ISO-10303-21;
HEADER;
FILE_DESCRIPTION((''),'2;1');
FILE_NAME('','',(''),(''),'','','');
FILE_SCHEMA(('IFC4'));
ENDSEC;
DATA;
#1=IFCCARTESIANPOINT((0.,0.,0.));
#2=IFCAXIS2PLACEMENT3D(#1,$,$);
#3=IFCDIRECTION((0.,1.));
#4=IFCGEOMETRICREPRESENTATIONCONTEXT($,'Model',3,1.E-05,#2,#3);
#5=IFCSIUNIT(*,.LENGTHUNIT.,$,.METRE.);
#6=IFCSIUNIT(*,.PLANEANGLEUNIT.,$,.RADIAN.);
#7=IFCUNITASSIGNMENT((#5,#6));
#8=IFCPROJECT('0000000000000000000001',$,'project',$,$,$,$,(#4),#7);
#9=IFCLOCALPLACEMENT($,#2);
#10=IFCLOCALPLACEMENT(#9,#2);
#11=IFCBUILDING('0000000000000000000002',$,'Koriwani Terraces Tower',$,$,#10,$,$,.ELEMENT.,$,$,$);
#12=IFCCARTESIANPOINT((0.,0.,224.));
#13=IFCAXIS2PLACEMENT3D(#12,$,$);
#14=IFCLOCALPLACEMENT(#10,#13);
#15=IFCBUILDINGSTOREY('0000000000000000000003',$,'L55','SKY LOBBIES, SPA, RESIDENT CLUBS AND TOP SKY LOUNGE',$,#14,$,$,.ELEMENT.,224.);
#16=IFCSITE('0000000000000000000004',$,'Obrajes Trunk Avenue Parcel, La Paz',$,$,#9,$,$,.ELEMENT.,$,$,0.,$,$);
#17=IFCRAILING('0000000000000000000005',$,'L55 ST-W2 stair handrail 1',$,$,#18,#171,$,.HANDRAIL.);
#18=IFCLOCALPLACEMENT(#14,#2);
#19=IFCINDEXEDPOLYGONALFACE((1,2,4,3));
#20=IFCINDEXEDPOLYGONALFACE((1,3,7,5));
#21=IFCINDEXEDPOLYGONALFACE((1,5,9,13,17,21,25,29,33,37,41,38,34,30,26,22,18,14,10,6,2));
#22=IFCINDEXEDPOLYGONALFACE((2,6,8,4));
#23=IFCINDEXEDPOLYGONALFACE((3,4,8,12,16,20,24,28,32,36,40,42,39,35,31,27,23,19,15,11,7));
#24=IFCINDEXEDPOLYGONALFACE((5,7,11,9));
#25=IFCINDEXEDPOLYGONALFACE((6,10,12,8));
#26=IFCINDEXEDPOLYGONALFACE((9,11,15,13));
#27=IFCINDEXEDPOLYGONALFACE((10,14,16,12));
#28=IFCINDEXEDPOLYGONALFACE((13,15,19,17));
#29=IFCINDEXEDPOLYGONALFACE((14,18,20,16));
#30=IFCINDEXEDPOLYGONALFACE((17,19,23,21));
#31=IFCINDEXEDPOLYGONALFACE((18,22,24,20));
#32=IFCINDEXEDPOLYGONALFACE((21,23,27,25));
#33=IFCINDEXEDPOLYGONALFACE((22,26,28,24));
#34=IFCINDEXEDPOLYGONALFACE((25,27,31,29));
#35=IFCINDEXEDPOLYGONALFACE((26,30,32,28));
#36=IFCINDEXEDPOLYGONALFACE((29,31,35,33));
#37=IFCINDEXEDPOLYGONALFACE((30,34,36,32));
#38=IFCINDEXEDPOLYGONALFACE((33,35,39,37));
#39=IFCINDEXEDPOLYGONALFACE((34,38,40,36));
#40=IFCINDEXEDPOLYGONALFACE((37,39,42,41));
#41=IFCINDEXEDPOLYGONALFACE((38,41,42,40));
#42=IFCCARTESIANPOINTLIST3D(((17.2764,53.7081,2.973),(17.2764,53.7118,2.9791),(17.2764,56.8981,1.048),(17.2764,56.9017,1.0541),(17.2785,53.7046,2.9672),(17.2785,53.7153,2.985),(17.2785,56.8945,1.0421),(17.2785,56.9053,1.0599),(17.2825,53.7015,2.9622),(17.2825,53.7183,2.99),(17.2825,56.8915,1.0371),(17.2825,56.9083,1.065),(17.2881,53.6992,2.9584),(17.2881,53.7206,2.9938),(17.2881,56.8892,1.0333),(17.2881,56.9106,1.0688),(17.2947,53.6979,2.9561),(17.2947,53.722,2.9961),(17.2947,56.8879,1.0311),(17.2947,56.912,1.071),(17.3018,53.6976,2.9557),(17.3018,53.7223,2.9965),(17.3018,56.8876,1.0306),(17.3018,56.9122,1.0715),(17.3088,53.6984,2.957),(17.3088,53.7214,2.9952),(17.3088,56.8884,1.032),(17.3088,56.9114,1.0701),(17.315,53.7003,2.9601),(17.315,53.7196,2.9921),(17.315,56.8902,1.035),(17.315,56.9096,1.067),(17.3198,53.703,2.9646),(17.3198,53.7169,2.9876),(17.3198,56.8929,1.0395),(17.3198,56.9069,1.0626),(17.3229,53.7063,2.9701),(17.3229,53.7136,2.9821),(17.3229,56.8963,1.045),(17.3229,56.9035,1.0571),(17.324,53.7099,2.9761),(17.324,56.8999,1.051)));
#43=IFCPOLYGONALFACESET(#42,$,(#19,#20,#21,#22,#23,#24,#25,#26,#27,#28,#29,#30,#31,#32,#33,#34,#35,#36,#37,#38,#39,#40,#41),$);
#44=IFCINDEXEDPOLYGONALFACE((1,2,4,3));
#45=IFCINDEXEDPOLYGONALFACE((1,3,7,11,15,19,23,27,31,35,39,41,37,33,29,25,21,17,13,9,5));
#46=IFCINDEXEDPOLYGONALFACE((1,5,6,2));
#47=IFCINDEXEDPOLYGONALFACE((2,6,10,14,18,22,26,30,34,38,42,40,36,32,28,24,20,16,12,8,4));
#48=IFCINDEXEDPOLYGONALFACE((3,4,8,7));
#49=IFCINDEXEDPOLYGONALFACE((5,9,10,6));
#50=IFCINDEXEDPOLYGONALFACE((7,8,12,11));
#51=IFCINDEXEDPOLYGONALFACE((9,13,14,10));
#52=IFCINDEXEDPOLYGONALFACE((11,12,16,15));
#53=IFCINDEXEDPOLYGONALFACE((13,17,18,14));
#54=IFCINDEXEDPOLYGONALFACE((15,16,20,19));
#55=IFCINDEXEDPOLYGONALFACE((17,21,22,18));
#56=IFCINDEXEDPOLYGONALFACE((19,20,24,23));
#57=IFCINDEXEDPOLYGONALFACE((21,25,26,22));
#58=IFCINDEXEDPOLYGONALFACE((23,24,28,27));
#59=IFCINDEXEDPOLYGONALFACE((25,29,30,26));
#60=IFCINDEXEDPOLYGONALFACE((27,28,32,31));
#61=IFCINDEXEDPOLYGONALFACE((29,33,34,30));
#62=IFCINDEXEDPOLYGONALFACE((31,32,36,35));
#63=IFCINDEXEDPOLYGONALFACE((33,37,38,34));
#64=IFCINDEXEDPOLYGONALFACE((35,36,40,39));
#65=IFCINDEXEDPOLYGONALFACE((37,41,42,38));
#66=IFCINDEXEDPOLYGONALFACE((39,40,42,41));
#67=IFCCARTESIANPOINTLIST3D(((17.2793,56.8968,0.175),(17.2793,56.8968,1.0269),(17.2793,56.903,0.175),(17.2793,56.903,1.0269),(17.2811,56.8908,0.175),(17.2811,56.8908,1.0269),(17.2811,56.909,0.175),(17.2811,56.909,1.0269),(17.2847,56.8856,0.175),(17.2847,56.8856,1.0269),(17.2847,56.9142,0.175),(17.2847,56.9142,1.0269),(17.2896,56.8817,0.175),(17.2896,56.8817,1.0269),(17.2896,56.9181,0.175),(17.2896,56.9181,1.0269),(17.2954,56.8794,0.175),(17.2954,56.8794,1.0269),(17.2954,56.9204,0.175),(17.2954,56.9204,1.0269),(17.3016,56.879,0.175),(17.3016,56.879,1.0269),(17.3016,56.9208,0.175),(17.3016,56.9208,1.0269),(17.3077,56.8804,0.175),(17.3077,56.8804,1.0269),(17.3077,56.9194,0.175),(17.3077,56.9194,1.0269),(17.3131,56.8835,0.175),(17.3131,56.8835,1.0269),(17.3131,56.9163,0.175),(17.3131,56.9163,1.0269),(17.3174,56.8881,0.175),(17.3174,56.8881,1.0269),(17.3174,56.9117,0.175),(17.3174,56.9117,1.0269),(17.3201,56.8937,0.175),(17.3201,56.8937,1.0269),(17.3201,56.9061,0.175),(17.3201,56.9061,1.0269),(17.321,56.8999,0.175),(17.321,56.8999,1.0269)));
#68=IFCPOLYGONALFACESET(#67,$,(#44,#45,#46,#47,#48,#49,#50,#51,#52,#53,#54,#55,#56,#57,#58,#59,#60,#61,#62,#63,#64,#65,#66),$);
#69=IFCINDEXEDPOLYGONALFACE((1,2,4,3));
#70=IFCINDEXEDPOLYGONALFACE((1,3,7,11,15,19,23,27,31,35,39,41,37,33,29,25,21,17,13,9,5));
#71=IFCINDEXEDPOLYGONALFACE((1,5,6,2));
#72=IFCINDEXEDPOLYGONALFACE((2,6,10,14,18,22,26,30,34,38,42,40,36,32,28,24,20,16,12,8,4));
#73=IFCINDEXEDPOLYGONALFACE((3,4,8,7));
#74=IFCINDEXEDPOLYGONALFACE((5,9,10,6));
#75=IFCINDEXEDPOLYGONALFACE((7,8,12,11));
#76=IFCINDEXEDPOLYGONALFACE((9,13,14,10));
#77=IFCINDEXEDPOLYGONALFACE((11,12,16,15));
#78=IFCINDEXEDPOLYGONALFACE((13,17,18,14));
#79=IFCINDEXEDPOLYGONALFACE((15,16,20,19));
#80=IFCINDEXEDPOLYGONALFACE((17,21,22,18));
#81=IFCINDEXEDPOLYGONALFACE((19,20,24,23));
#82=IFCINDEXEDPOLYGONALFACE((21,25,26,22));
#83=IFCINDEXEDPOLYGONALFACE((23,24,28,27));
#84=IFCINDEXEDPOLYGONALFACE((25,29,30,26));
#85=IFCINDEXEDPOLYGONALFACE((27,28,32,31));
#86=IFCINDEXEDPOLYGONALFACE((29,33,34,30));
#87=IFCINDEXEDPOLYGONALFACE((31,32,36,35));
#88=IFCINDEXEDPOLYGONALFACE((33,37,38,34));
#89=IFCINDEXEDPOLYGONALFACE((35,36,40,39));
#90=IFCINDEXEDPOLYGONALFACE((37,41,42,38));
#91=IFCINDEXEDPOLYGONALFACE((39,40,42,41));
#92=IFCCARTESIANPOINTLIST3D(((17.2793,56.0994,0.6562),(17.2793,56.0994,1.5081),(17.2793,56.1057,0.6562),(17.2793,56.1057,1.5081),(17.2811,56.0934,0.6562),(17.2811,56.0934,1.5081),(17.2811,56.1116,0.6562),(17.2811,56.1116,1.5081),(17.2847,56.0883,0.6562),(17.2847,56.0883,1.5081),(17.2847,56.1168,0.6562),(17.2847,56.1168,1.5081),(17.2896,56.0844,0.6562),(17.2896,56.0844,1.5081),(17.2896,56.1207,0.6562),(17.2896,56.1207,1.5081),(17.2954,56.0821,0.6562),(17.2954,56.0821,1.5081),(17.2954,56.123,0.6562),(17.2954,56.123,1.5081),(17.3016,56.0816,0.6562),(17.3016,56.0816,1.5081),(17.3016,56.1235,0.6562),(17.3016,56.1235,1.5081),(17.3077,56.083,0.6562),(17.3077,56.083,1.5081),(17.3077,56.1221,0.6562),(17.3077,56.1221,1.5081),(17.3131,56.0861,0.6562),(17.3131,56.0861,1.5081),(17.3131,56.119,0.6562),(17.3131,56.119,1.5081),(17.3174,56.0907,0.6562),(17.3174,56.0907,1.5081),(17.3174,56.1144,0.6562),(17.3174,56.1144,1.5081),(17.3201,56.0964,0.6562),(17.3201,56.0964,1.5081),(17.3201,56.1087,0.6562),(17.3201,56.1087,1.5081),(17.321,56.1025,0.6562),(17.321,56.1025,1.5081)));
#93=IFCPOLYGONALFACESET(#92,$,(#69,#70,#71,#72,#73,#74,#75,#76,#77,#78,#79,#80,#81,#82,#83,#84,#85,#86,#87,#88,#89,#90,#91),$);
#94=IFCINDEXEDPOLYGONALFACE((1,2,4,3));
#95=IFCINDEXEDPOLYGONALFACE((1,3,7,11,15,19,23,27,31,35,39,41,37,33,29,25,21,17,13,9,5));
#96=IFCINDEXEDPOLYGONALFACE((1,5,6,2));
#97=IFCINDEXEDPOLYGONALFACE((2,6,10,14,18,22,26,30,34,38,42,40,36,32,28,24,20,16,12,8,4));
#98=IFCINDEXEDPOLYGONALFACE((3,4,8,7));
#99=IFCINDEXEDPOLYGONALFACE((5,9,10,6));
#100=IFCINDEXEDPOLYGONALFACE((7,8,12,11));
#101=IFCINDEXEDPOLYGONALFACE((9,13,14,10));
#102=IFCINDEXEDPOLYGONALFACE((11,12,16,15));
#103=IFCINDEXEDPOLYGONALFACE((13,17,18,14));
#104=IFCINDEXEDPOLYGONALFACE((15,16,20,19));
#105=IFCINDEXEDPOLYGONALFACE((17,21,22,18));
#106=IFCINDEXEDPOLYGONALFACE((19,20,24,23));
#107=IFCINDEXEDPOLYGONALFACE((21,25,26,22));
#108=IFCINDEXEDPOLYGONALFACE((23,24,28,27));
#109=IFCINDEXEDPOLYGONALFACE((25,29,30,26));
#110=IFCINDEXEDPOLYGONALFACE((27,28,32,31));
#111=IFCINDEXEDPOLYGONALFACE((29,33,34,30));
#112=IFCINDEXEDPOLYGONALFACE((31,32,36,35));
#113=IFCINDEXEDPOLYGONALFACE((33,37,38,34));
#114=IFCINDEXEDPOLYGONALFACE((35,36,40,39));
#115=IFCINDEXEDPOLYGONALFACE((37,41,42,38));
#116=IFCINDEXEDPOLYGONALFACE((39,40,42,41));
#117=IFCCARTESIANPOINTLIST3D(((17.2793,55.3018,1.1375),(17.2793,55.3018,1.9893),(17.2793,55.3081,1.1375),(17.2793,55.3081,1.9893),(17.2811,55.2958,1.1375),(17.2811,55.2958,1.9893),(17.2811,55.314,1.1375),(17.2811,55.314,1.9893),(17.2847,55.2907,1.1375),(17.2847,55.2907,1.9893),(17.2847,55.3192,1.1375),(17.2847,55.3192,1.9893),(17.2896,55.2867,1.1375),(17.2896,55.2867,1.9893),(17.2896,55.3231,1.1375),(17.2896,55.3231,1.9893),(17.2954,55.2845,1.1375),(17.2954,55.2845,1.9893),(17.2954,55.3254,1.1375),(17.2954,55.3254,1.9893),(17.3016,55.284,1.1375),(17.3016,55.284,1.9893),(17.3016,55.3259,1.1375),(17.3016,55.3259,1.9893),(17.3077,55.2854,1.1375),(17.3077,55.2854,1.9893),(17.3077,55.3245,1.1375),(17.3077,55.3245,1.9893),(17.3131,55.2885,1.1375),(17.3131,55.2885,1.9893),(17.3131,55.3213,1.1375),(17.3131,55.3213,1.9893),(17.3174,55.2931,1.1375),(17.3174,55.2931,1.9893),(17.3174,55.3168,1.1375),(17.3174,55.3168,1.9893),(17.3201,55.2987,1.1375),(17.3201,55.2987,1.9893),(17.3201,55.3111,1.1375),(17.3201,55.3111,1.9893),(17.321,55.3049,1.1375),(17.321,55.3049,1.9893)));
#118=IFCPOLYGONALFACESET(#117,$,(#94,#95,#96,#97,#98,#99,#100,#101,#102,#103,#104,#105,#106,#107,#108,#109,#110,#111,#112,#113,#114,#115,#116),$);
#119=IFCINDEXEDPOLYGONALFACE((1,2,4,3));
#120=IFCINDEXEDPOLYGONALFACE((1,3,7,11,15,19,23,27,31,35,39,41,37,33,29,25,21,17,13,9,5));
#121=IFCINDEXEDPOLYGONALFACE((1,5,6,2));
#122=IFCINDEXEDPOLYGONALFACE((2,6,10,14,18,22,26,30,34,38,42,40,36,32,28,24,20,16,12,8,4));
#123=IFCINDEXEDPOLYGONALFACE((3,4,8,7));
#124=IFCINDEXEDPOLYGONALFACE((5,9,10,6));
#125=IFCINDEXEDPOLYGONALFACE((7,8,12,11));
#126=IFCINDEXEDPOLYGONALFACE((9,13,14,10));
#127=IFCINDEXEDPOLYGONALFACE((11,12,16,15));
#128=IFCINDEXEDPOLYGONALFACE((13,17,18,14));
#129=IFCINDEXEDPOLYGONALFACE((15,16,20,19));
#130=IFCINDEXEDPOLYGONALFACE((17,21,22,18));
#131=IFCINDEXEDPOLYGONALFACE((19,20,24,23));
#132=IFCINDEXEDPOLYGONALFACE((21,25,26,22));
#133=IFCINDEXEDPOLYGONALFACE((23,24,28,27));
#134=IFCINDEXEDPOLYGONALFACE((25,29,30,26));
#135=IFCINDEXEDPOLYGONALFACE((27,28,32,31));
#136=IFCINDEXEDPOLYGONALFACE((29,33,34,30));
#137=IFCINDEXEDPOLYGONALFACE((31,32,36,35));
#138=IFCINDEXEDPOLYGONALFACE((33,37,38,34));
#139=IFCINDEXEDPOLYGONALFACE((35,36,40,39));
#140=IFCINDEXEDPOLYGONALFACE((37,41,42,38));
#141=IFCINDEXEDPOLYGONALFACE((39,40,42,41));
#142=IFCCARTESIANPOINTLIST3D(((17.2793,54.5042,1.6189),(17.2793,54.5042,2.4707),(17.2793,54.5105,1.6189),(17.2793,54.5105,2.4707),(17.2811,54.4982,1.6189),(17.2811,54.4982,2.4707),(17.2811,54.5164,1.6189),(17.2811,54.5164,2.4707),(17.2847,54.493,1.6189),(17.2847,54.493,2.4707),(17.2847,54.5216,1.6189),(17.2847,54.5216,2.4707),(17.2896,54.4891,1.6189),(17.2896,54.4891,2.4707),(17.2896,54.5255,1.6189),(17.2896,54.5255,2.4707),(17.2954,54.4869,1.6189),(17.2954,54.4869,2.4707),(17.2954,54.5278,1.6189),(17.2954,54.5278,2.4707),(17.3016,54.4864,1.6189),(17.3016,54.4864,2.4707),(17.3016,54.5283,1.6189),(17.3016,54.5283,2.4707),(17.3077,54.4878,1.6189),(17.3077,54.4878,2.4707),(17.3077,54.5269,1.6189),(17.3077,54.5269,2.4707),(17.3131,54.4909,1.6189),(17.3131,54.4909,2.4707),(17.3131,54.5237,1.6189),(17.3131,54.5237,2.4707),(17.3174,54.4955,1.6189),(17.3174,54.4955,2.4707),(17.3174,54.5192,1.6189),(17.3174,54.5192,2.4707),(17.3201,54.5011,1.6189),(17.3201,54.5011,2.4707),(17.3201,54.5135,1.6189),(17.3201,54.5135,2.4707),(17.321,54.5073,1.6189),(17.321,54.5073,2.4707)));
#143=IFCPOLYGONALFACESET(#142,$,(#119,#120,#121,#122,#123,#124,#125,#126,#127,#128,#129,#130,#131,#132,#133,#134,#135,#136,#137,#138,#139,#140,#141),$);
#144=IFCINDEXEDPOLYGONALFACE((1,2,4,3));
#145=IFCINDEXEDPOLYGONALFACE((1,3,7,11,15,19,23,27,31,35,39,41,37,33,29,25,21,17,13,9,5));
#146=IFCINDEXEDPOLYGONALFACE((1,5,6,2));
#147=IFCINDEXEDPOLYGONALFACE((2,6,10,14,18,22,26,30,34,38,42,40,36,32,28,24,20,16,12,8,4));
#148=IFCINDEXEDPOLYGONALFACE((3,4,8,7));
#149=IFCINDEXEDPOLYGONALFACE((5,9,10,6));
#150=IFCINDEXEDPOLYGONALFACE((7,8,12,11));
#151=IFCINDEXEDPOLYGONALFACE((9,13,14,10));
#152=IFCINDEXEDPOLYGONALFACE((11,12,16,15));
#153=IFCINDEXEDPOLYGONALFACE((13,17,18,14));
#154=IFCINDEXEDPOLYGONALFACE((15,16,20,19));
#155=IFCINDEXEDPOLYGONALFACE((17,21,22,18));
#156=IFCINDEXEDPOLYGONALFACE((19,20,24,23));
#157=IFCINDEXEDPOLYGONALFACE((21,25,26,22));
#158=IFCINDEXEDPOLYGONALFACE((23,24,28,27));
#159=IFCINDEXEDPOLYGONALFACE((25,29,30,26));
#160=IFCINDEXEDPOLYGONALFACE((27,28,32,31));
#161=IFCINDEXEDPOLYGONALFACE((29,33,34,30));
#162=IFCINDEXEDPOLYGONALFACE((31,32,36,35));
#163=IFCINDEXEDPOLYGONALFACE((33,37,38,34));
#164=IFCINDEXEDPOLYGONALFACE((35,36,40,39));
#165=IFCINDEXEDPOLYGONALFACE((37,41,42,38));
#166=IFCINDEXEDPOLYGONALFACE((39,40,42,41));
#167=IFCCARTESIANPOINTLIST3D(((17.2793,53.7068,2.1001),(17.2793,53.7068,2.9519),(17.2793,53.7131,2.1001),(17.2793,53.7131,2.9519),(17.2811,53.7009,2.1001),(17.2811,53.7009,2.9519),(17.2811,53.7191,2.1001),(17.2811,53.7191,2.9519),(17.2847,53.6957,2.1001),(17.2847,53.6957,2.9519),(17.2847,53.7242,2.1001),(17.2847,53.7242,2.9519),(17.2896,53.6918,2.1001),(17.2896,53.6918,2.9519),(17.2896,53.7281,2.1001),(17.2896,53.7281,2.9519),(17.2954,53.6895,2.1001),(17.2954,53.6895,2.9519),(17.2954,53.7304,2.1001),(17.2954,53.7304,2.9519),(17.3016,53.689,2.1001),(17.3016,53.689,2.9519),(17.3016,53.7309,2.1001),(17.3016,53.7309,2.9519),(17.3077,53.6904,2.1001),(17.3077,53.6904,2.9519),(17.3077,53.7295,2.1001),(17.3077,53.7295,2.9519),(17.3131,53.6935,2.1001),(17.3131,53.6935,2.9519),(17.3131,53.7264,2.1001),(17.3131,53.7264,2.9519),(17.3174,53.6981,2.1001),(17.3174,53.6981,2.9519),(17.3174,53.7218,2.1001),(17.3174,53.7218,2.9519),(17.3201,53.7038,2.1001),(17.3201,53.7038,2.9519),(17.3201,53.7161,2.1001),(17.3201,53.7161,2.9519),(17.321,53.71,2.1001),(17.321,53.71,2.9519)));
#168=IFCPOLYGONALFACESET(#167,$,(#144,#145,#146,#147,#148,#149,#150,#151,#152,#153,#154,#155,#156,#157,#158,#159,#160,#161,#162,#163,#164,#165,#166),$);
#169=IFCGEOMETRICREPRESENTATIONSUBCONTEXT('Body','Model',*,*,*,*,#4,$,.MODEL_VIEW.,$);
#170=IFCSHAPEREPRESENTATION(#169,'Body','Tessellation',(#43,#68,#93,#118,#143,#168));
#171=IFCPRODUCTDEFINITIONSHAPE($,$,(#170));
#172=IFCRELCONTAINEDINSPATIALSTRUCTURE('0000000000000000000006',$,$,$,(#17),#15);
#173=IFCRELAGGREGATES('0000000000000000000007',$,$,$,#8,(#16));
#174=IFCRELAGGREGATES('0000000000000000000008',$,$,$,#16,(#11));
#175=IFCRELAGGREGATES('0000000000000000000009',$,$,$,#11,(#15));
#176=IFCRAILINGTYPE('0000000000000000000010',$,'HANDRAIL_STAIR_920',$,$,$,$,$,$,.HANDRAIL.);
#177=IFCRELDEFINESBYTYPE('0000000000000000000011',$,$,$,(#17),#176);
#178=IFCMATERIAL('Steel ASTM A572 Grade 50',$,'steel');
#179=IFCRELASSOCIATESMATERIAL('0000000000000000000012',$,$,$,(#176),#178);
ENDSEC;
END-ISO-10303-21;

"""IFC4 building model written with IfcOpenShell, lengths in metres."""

from ifc_helpers import new_model, si_unit, direction, frame, origin, origin_2d, place, context, subcontext, project, spatial, circle, extrude, material, type_object, element, save


model = new_model("IFC4")

# Units and contexts
model_context = context("Model", 3, precision=1e-05, world=origin(), true_north=direction((0.0, 1.0)))
body_context = subcontext(model_context, "Body", "Model", "MODEL_VIEW")
ifc_project = project(units=[si_unit("LENGTHUNIT", "METRE"), si_unit("PLANEANGLEUNIT", "RADIAN")], contexts=[model_context])

# Site, building, storey
site_placement = place(None, origin())
site = spatial("IfcSite", under=ifc_project, at=site_placement, Name="Obrajes Trunk Avenue Parcel, La Paz", CompositionType="ELEMENT", RefElevation=0.0)
building_placement = place(site_placement, origin())
building = spatial("IfcBuilding", under=site, at=building_placement, Name="Koriwani Terraces Tower", CompositionType="ELEMENT")
storey_placement = place(building_placement, frame((0.0, 0.0, 224.0)))
storey = spatial("IfcBuildingStorey", under=building, at=storey_placement, Name="L55", Description="SKY LOBBIES, SPA, RESIDENT CLUBS AND TOP SKY LOUNGE", CompositionType="ELEMENT", Elevation=224.0)

# Shared definitions
ifc_material_1 = material(Name="Steel ASTM A572 Grade 50", Category="steel")

# Railing
railing_type_1 = type_object("IfcRailingType", Name="HANDRAIL_STAIR_920", PredefinedType="HANDRAIL", material=ifc_material_1)
railing_1_placement = place(storey_placement, frame((17.3, 56.8999, 0.175)))
element("IfcRailing", 1, at=railing_1_placement, inside=storey, type_object=railing_type_1, Name="L55 ST-W2 stair handrail 1", PredefinedType="HANDRAIL", context=body_context, shape_type="SweptSolid", body=[
    extrude(circle(Radius=0.0239, at=origin_2d()), frame((0.0, 0.0, 0.876), z_axis=(0.0, -0.856178, 0.516682), x_axis=(1.0, 0.0, 0.0)), (0.0, 0.0, 1.0), 3.7258),
    extrude(circle(Radius=0.021, at=origin_2d()), origin(), (0.0, 0.0, 1.0), 0.8518),
    extrude(circle(Radius=0.021, at=origin_2d()), frame((0.0, -0.7974, 0.4812)), (0.0, 0.0, 1.0), 0.8518),
    extrude(circle(Radius=0.021, at=origin_2d()), frame((0.0, -1.595, 0.9624)), (0.0, 0.0, 1.0), 0.8518),
    extrude(circle(Radius=0.021, at=origin_2d()), frame((0.0, -2.3926, 1.4438)), (0.0, 0.0, 1.0), 0.8518),
    extrude(circle(Radius=0.021, at=origin_2d()), frame((0.0, -3.1899, 1.925)), (0.0, 0.0, 1.0), 0.8518),
])

save(model, "model.ifc")
